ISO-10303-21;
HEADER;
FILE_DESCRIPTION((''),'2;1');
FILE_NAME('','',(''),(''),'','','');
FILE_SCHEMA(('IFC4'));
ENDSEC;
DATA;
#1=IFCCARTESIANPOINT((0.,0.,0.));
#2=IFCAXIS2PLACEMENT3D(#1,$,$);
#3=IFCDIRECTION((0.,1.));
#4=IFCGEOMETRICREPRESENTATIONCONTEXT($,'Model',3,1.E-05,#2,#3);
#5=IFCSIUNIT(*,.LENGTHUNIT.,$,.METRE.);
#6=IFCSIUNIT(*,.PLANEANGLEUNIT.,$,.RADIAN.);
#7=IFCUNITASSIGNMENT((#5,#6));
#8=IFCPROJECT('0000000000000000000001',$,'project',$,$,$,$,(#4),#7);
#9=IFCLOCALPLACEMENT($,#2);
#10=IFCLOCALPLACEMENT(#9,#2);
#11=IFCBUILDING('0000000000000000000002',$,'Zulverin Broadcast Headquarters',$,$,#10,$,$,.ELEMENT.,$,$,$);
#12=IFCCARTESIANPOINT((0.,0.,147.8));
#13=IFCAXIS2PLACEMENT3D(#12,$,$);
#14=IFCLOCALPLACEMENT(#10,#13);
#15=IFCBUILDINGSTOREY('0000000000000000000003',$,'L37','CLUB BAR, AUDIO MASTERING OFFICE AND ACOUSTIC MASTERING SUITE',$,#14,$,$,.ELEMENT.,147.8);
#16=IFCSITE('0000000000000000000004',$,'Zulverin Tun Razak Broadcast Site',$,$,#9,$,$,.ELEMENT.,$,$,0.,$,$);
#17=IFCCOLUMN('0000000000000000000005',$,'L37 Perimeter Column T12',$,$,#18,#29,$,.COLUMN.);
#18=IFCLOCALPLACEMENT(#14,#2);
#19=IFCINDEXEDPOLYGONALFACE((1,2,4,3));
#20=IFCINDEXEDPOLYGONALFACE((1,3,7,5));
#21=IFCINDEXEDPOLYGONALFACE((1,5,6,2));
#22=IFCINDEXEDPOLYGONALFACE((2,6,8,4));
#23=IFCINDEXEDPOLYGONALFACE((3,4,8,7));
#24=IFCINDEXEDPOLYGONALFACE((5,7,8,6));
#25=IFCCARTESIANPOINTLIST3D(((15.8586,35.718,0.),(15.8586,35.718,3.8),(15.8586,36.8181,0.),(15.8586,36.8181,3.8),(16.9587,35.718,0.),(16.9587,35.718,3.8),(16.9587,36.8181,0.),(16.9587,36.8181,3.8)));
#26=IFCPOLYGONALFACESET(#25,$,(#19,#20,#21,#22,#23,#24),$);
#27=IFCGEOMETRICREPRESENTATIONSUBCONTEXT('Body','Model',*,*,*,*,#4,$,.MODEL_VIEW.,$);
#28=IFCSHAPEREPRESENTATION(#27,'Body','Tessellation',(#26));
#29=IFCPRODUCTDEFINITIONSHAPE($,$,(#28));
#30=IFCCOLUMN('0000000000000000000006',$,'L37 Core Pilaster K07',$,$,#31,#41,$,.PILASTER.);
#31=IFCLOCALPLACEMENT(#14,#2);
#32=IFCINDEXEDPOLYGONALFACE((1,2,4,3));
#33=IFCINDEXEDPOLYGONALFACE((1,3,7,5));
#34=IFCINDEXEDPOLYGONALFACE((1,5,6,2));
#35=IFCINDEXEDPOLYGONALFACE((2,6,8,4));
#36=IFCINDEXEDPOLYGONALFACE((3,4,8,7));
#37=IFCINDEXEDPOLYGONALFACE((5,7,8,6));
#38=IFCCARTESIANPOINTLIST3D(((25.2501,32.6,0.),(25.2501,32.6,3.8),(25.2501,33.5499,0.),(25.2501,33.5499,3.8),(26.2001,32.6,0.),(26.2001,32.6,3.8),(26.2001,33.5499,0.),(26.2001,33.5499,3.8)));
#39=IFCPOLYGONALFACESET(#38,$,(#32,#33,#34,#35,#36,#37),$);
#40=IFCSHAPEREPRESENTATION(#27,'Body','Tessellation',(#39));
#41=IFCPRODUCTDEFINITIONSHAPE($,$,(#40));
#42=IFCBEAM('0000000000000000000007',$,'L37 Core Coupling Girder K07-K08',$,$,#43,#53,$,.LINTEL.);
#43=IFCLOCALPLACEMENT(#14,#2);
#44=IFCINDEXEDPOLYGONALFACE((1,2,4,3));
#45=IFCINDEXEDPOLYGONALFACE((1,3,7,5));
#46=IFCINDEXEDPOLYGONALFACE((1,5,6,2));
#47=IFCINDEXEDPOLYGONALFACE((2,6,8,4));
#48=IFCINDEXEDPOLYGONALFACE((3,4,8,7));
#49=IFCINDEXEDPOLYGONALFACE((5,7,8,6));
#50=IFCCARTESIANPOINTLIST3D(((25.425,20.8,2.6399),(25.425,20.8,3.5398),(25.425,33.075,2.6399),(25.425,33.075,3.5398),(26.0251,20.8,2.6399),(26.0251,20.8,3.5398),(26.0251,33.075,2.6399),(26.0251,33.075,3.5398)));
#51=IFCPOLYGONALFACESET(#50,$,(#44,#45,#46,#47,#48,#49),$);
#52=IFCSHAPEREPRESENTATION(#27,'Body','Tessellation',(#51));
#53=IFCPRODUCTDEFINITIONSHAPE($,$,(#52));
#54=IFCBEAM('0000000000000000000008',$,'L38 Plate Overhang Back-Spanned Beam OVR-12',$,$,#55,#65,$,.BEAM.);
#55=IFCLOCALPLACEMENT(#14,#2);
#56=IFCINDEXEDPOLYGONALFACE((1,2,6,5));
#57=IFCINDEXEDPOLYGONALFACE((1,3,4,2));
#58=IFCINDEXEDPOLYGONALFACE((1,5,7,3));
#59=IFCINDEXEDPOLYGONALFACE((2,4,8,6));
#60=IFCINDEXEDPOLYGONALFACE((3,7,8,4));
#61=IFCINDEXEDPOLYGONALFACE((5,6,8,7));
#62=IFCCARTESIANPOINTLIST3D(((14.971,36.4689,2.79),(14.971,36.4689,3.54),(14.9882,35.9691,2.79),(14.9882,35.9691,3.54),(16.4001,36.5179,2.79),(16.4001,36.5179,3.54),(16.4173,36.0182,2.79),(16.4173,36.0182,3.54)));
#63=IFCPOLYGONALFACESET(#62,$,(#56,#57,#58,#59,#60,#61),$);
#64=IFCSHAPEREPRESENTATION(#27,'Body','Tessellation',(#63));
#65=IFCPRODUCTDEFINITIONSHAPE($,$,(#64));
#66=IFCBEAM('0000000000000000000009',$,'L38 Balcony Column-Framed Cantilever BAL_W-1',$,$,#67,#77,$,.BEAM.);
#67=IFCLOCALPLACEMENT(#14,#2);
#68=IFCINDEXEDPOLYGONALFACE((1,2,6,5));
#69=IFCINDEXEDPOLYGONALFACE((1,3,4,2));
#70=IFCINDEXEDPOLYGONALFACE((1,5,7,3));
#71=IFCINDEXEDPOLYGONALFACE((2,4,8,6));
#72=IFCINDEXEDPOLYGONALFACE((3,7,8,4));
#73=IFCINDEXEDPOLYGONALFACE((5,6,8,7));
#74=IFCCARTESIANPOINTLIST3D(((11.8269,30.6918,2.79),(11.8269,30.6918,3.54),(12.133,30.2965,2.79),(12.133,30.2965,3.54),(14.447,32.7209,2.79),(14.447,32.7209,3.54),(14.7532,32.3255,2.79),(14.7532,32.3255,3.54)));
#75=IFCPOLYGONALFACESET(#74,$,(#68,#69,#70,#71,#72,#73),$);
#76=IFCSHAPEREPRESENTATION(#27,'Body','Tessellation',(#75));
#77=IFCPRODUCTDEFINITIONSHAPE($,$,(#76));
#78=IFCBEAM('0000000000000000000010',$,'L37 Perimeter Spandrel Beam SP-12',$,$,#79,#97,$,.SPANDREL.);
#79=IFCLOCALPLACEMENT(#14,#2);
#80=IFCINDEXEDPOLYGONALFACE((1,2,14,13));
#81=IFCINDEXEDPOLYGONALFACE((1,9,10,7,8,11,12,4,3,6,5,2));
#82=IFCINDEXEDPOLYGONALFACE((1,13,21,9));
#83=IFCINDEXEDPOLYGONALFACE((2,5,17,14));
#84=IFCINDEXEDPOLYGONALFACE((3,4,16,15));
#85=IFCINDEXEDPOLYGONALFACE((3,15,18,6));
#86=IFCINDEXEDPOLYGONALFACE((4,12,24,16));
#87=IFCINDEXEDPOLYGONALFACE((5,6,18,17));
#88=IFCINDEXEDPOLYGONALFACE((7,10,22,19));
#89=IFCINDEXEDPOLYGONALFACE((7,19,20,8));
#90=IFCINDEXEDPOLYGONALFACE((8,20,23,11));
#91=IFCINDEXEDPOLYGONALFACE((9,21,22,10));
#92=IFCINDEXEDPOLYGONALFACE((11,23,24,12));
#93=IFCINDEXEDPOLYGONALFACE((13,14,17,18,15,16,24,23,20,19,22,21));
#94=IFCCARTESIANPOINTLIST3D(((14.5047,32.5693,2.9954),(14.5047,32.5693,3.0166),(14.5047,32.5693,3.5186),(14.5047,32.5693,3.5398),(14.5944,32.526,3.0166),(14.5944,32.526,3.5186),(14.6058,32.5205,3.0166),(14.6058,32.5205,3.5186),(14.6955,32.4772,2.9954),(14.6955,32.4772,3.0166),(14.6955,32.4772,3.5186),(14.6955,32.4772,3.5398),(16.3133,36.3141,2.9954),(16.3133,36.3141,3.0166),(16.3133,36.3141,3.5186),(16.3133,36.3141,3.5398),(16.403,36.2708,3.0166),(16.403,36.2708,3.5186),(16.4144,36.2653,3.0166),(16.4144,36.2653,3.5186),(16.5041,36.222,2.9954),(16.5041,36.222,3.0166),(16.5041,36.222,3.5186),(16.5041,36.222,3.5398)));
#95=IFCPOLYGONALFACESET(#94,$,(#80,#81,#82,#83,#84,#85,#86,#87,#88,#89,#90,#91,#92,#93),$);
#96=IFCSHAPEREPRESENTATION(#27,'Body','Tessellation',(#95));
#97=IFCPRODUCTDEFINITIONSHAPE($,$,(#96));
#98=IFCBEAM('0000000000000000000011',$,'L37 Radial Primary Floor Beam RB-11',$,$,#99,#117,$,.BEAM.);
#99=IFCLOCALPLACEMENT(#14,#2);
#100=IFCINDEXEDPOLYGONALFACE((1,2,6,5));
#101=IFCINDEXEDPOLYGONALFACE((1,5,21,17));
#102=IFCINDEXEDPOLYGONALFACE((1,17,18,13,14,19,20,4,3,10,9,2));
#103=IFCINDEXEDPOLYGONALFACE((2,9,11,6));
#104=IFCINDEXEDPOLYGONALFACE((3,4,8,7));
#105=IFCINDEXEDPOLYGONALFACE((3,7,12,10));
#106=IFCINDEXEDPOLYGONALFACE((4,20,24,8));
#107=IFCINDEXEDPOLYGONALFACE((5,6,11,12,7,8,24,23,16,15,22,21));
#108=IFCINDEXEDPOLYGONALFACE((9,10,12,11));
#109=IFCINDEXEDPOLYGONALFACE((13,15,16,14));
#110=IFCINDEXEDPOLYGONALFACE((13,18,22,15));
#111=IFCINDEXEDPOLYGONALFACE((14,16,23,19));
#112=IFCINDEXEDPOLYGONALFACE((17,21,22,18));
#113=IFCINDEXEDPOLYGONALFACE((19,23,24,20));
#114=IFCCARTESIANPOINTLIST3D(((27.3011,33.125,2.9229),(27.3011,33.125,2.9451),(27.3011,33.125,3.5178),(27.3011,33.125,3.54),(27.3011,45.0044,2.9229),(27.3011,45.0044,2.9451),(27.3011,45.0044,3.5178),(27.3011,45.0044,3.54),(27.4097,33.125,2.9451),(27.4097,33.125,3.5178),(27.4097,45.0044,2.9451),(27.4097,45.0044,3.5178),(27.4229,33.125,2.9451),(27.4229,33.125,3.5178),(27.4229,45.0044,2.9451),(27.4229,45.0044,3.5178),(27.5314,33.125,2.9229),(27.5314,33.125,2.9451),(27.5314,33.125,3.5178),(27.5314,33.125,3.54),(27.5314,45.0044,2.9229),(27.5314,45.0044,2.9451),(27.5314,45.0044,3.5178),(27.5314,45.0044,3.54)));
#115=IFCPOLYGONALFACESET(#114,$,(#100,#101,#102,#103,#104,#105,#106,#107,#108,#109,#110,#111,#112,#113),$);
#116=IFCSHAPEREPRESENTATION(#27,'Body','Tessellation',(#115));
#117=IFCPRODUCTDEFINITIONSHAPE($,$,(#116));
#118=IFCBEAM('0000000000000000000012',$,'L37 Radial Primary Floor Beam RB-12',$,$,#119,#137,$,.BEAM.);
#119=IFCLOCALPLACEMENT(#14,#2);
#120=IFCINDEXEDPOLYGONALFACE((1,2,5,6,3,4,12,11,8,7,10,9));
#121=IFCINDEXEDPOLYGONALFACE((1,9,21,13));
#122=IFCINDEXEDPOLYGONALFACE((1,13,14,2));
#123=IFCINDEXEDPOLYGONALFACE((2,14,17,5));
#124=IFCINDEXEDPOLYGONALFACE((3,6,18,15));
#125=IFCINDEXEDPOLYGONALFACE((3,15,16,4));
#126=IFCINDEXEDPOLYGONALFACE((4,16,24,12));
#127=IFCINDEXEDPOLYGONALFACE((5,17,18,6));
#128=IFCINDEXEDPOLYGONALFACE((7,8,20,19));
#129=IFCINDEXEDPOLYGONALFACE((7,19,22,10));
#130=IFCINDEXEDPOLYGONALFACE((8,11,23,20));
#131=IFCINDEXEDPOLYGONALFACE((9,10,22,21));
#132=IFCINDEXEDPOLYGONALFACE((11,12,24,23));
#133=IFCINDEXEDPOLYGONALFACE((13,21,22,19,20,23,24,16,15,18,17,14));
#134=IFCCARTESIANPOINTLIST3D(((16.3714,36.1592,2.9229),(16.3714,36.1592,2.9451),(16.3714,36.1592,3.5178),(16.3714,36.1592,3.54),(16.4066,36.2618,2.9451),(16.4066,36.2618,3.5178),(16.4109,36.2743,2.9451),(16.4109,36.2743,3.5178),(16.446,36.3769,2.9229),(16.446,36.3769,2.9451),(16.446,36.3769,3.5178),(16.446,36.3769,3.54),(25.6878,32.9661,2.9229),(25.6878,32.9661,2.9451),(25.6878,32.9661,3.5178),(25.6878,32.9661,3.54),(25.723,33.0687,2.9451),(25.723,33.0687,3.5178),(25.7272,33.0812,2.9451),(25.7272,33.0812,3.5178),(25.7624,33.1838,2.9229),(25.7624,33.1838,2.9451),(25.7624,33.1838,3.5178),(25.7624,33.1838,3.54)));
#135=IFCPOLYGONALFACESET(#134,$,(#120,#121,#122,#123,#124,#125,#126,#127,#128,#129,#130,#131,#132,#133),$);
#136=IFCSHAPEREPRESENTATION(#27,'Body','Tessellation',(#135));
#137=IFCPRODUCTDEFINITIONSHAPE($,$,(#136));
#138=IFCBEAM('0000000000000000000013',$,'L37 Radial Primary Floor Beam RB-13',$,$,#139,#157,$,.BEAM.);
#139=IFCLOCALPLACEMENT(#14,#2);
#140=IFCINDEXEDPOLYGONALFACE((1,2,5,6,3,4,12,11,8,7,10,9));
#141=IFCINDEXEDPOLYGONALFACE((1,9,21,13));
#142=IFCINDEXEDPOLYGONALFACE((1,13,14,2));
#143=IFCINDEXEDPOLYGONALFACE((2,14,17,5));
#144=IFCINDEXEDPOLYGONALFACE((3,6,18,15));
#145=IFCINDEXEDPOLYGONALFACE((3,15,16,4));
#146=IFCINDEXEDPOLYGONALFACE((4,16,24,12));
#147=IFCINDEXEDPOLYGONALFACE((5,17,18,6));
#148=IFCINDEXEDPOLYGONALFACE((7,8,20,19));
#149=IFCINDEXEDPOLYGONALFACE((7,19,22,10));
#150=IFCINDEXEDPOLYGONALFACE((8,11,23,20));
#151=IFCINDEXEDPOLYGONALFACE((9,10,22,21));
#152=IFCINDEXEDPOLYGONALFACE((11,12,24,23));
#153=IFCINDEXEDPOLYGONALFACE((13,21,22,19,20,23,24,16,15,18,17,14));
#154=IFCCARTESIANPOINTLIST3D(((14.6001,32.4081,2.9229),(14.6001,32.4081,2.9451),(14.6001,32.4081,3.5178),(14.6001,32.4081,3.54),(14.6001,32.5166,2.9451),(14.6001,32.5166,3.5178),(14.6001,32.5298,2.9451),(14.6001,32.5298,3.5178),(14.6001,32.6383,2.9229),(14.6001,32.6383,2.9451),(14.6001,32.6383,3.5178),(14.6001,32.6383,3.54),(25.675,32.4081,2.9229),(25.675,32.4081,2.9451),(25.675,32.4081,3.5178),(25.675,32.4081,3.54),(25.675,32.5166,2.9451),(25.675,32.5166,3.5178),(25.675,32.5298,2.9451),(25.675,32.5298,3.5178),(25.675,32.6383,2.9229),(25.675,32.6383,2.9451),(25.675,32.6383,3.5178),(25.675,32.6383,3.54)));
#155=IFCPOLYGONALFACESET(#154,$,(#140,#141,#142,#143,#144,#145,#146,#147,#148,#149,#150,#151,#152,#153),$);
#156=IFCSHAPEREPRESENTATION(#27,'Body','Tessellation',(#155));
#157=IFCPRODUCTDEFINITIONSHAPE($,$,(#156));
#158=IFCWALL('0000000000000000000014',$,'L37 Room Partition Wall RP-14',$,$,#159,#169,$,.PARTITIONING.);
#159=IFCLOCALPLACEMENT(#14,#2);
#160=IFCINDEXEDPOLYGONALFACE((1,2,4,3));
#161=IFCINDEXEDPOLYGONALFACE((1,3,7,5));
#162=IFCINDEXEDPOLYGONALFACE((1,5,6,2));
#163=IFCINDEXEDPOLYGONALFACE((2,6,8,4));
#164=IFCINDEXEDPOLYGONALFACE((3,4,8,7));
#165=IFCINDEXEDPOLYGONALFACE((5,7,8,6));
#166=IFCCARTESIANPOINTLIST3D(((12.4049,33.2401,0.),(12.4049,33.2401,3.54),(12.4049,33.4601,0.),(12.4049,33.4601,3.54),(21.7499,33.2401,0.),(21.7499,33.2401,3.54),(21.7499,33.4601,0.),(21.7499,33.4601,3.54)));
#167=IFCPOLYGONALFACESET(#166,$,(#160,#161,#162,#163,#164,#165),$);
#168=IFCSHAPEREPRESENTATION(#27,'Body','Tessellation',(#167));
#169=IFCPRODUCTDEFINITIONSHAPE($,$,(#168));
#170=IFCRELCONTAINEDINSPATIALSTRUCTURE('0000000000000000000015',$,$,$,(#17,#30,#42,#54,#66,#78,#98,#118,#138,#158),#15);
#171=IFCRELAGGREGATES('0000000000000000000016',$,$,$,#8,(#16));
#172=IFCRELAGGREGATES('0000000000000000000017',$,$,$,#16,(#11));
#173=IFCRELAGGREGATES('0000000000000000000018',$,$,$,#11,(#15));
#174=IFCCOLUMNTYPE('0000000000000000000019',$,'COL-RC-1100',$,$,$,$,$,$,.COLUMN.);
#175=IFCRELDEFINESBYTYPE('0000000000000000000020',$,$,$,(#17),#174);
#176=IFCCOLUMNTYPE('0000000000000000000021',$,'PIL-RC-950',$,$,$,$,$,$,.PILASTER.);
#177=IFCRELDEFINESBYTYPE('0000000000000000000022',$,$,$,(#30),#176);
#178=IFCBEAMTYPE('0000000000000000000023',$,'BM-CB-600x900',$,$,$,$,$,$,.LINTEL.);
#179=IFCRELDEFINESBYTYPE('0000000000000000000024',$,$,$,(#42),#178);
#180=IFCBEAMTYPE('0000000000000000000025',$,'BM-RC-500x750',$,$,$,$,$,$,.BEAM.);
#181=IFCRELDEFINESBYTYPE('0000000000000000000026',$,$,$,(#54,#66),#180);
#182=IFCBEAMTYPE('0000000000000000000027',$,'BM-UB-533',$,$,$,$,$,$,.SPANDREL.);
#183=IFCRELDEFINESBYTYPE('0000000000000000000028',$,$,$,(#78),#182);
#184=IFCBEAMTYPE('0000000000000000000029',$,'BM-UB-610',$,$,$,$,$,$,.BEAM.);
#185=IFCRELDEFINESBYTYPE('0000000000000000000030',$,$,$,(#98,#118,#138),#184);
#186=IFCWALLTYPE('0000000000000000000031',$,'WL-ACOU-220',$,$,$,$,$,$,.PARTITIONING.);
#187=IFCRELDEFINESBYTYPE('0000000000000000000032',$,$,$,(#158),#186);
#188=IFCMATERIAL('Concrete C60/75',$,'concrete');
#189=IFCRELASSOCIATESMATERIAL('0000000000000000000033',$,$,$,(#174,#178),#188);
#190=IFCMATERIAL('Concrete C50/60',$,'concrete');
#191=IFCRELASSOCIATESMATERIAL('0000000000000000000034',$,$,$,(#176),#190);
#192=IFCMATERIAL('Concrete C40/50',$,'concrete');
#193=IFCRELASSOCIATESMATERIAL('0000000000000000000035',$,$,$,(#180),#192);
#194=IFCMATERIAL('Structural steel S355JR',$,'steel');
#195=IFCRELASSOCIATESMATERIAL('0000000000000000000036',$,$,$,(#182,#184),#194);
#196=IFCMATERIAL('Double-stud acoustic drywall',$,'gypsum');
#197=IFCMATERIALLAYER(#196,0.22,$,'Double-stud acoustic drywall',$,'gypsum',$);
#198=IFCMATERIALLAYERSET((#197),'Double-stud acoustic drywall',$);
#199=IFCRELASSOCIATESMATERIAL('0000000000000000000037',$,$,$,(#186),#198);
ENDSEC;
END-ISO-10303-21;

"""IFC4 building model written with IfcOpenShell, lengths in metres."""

from ifc_helpers import new_model, si_unit, direction, frame, frame_2d, origin, origin_2d, place, context, subcontext, project, spatial, rectangle, i_section, extrude, material, layer, layer_set, material_profile, profile_set, type_object, element, save


model = new_model("IFC4")

# Units and contexts
model_context = context("Model", 3, precision=1e-05, world=origin(), true_north=direction((0.0, 1.0)))
body_context = subcontext(model_context, "Body", "Model", "MODEL_VIEW")
ifc_project = project(units=[si_unit("LENGTHUNIT", "METRE"), si_unit("PLANEANGLEUNIT", "RADIAN")], contexts=[model_context])

# Site, building, storey
site_placement = place(None, origin())
site = spatial("IfcSite", under=ifc_project, at=site_placement, Name="Zulverin Tun Razak Broadcast Site", CompositionType="ELEMENT", RefElevation=0.0)
building_placement = place(site_placement, origin())
building = spatial("IfcBuilding", under=site, at=building_placement, Name="Zulverin Broadcast Headquarters", CompositionType="ELEMENT")
storey_placement = place(building_placement, frame((0.0, 0.0, 147.8)))
storey = spatial("IfcBuildingStorey", under=building, at=storey_placement, Name="L37", Description="CLUB BAR, AUDIO MASTERING OFFICE AND ACOUSTIC MASTERING SUITE", CompositionType="ELEMENT", Elevation=147.8)

# Columns
ifc_material_1 = material(Name="Concrete C60/75", Category="concrete")
ifc_material_profile_1 = material_profile(ifc_material_1, rectangle(XDim=1.1001, YDim=1.1001, at=origin_2d()), Name="Concrete C60/75", Category="concrete")
ifc_profile_set_1 = profile_set([ifc_material_profile_1], Name="Concrete C60/75")
column_type_1 = type_object("IfcColumnType", Name="COL-RC-1100", PredefinedType="COLUMN", material=ifc_profile_set_1)
column_1_placement = place(storey_placement, frame((16.4087, 36.2681, 0.0), z_axis=(0.0, 0.0, 1.0), x_axis=(1.0, 0.0, 0.0)))
element("IfcColumn", 1, at=column_1_placement, inside=storey, type_object=column_type_1, Name="L37 Perimeter Column T12", PredefinedType="COLUMN", context=body_context, shape_type="SweptSolid", body=[
    extrude(rectangle(XDim=1.1001, YDim=1.1001, at=origin_2d()), origin(), (0.0, 0.0, 1.0), 3.8),
])
ifc_material_2 = material(Name="Concrete C50/60", Category="concrete")
ifc_material_profile_2 = material_profile(ifc_material_2, rectangle(XDim=0.95, YDim=0.95, at=origin_2d()), Name="Concrete C50/60", Category="concrete")
ifc_profile_set_2 = profile_set([ifc_material_profile_2], Name="Concrete C50/60")
column_type_2 = type_object("IfcColumnType", Name="PIL-RC-950", PredefinedType="PILASTER", material=ifc_profile_set_2)
column_2_placement = place(storey_placement, frame((25.7251, 33.075, 0.0), z_axis=(0.0, 0.0, 1.0), x_axis=(1.0, 0.0, 0.0)))
element("IfcColumn", 2, at=column_2_placement, inside=storey, type_object=column_type_2, Name="L37 Core Pilaster K07", PredefinedType="PILASTER", context=body_context, shape_type="SweptSolid", body=[
    extrude(rectangle(XDim=0.95, YDim=0.95, at=origin_2d()), origin(), (0.0, 0.0, 1.0), 3.8),
])

# Beams
ifc_material_profile_3 = material_profile(ifc_material_1, rectangle(XDim=0.6001, YDim=0.8999, at=origin_2d()), Name="Concrete C60/75", Category="concrete")
ifc_profile_set_3 = profile_set([ifc_material_profile_3], Name="Concrete C60/75")
beam_type_1 = type_object("IfcBeamType", Name="BM-CB-600x900", PredefinedType="LINTEL", material=ifc_profile_set_3)
beam_1_placement = place(storey_placement, frame((25.7251, 33.075, 3.0898), z_axis=(0.0, -1.0, 0.0), x_axis=(1.0, 0.0, 0.0)))
element("IfcBeam", 3, at=beam_1_placement, inside=storey, type_object=beam_type_1, Name="L37 Core Coupling Girder K07-K08", PredefinedType="LINTEL", context=body_context, shape_type="SweptSolid", body=[
    extrude(rectangle(XDim=0.6001, YDim=0.8999, at=origin_2d()), origin(), (0.0, 0.0, 1.0), 12.2749),
])
ifc_material_3 = material(Name="Concrete C40/50", Category="concrete")
ifc_material_profile_4 = material_profile(ifc_material_3, rectangle(XDim=0.5, YDim=0.75, at=origin_2d()), Name="Concrete C40/50", Category="concrete")
ifc_profile_set_4 = profile_set([ifc_material_profile_4], Name="Concrete C40/50")
beam_type_2 = type_object("IfcBeamType", Name="BM-RC-500x750", PredefinedType="BEAM", material=ifc_profile_set_4)
beam_2_placement = place(storey_placement, frame((16.4087, 36.2681, 3.165), z_axis=(-0.999411, -0.034315, 0.0), x_axis=(0.034315, -0.999411, 0.0)))
element("IfcBeam", 4, at=beam_2_placement, inside=storey, type_object=beam_type_2, Name="L38 Plate Overhang Back-Spanned Beam OVR-12", PredefinedType="BEAM", context=body_context, shape_type="SweptSolid", body=[
    extrude(rectangle(XDim=0.5, YDim=0.75, at=origin_2d()), origin(), (0.0, 0.0, 1.0), 1.4299),
])
beam_3_placement = place(storey_placement, frame((14.6001, 32.5232, 3.165), z_axis=(-0.79064, -0.612282, 0.0), x_axis=(0.612282, -0.79064, 0.0)))
element("IfcBeam", 5, at=beam_3_placement, inside=storey, type_object=beam_type_2, Name="L38 Balcony Column-Framed Cantilever BAL_W-1", PredefinedType="BEAM", context=body_context, shape_type="SweptSolid", body=[
    extrude(rectangle(XDim=0.5, YDim=0.75, at=origin_2d()), origin(), (0.0, 0.0, 1.0), 3.314),
])
ifc_material_4 = material(Name="Structural steel S355JR", Category="steel")
ifc_material_profile_5 = material_profile(ifc_material_4, i_section(OverallWidth=0.2119, OverallDepth=0.5444, WebThickness=0.0127, FlangeThickness=0.0212, at=origin_2d()), Name="Structural steel S355JR", Category="steel")
ifc_profile_set_5 = profile_set([ifc_material_profile_5], Name="Structural steel S355JR")
beam_type_3 = type_object("IfcBeamType", Name="BM-UB-533", PredefinedType="SPANDREL", material=ifc_profile_set_5)
beam_4_placement = place(storey_placement, frame((16.4087, 36.2681, 3.2676), z_axis=(-0.43489, -0.900483, 0.0), x_axis=(0.900483, -0.43489, 0.0)))
element("IfcBeam", 6, at=beam_4_placement, inside=storey, type_object=beam_type_3, Name="L37 Perimeter Spandrel Beam SP-12", PredefinedType="SPANDREL", context=body_context, shape_type="SweptSolid", body=[
    extrude(i_section(OverallWidth=0.2119, OverallDepth=0.5444, WebThickness=0.0127, FlangeThickness=0.0212, at=origin_2d()), origin(), (0.0, 0.0, 1.0), 4.1587),
])
ifc_material_profile_6 = material_profile(ifc_material_4, i_section(OverallWidth=0.2302, OverallDepth=0.6172, WebThickness=0.0132, FlangeThickness=0.0222, at=origin_2d()), Name="Structural steel S355JR", Category="steel")
ifc_profile_set_6 = profile_set([ifc_material_profile_6], Name="Structural steel S355JR")
beam_type_4 = type_object("IfcBeamType", Name="BM-UB-610", PredefinedType="BEAM", material=ifc_profile_set_6)
beam_5_placement = place(storey_placement, frame((27.4163, 33.125, 3.2314), z_axis=(0.0, 1.0, 0.0), x_axis=(-1.0, 0.0, 0.0)))
element("IfcBeam", 7, at=beam_5_placement, inside=storey, type_object=beam_type_4, Name="L37 Radial Primary Floor Beam RB-11", PredefinedType="BEAM", context=body_context, shape_type="SweptSolid", body=[
    extrude(i_section(OverallWidth=0.2302, OverallDepth=0.6172, WebThickness=0.0132, FlangeThickness=0.0222, at=origin_2d()), origin(), (0.0, 0.0, 1.0), 11.8794),
])
beam_6_placement = place(storey_placement, frame((25.7251, 33.075, 3.2314), z_axis=(-0.94598, 0.324226, 0.0), x_axis=(-0.324226, -0.94598, 0.0)))
element("IfcBeam", 8, at=beam_6_placement, inside=storey, type_object=beam_type_4, Name="L37 Radial Primary Floor Beam RB-12", PredefinedType="BEAM", context=body_context, shape_type="SweptSolid", body=[
    extrude(i_section(OverallWidth=0.2302, OverallDepth=0.6172, WebThickness=0.0132, FlangeThickness=0.0222, at=origin_2d()), origin(), (0.0, 0.0, 1.0), 9.8484),
])
beam_7_placement = place(storey_placement, frame((25.675, 32.5232, 3.2314), z_axis=(-1.0, 0.0, 0.0), x_axis=(0.0, -1.0, 0.0)))
element("IfcBeam", 9, at=beam_7_placement, inside=storey, type_object=beam_type_4, Name="L37 Radial Primary Floor Beam RB-13", PredefinedType="BEAM", context=body_context, shape_type="SweptSolid", body=[
    extrude(i_section(OverallWidth=0.2302, OverallDepth=0.6172, WebThickness=0.0132, FlangeThickness=0.0222, at=origin_2d()), origin(), (0.0, 0.0, 1.0), 11.075),
])

# Wall
ifc_material_5 = material(Name="Double-stud acoustic drywall", Category="gypsum")
ifc_layer_1 = layer(ifc_material_5, 0.22, Name="Double-stud acoustic drywall", Category="gypsum")
ifc_layer_set_1 = layer_set([ifc_layer_1], Name="Double-stud acoustic drywall")
wall_type_1 = type_object("IfcWallType", Name="WL-ACOU-220", PredefinedType="PARTITIONING", material=ifc_layer_set_1)
wall_1_placement = place(storey_placement, frame((12.405, 33.3501, 0.0), z_axis=(0.0, 0.0, 1.0), x_axis=(1.0, 0.0, 0.0)))
element("IfcWall", 10, at=wall_1_placement, inside=storey, type_object=wall_type_1, Name="L37 Room Partition Wall RP-14", PredefinedType="PARTITIONING", context=body_context, shape_type="SweptSolid", body=[
    extrude(rectangle(XDim=9.345, YDim=0.22, at=frame_2d((4.6724, 0.0))), origin(), (0.0, 0.0, 1.0), 3.54),
])

save(model, "model.ifc")
